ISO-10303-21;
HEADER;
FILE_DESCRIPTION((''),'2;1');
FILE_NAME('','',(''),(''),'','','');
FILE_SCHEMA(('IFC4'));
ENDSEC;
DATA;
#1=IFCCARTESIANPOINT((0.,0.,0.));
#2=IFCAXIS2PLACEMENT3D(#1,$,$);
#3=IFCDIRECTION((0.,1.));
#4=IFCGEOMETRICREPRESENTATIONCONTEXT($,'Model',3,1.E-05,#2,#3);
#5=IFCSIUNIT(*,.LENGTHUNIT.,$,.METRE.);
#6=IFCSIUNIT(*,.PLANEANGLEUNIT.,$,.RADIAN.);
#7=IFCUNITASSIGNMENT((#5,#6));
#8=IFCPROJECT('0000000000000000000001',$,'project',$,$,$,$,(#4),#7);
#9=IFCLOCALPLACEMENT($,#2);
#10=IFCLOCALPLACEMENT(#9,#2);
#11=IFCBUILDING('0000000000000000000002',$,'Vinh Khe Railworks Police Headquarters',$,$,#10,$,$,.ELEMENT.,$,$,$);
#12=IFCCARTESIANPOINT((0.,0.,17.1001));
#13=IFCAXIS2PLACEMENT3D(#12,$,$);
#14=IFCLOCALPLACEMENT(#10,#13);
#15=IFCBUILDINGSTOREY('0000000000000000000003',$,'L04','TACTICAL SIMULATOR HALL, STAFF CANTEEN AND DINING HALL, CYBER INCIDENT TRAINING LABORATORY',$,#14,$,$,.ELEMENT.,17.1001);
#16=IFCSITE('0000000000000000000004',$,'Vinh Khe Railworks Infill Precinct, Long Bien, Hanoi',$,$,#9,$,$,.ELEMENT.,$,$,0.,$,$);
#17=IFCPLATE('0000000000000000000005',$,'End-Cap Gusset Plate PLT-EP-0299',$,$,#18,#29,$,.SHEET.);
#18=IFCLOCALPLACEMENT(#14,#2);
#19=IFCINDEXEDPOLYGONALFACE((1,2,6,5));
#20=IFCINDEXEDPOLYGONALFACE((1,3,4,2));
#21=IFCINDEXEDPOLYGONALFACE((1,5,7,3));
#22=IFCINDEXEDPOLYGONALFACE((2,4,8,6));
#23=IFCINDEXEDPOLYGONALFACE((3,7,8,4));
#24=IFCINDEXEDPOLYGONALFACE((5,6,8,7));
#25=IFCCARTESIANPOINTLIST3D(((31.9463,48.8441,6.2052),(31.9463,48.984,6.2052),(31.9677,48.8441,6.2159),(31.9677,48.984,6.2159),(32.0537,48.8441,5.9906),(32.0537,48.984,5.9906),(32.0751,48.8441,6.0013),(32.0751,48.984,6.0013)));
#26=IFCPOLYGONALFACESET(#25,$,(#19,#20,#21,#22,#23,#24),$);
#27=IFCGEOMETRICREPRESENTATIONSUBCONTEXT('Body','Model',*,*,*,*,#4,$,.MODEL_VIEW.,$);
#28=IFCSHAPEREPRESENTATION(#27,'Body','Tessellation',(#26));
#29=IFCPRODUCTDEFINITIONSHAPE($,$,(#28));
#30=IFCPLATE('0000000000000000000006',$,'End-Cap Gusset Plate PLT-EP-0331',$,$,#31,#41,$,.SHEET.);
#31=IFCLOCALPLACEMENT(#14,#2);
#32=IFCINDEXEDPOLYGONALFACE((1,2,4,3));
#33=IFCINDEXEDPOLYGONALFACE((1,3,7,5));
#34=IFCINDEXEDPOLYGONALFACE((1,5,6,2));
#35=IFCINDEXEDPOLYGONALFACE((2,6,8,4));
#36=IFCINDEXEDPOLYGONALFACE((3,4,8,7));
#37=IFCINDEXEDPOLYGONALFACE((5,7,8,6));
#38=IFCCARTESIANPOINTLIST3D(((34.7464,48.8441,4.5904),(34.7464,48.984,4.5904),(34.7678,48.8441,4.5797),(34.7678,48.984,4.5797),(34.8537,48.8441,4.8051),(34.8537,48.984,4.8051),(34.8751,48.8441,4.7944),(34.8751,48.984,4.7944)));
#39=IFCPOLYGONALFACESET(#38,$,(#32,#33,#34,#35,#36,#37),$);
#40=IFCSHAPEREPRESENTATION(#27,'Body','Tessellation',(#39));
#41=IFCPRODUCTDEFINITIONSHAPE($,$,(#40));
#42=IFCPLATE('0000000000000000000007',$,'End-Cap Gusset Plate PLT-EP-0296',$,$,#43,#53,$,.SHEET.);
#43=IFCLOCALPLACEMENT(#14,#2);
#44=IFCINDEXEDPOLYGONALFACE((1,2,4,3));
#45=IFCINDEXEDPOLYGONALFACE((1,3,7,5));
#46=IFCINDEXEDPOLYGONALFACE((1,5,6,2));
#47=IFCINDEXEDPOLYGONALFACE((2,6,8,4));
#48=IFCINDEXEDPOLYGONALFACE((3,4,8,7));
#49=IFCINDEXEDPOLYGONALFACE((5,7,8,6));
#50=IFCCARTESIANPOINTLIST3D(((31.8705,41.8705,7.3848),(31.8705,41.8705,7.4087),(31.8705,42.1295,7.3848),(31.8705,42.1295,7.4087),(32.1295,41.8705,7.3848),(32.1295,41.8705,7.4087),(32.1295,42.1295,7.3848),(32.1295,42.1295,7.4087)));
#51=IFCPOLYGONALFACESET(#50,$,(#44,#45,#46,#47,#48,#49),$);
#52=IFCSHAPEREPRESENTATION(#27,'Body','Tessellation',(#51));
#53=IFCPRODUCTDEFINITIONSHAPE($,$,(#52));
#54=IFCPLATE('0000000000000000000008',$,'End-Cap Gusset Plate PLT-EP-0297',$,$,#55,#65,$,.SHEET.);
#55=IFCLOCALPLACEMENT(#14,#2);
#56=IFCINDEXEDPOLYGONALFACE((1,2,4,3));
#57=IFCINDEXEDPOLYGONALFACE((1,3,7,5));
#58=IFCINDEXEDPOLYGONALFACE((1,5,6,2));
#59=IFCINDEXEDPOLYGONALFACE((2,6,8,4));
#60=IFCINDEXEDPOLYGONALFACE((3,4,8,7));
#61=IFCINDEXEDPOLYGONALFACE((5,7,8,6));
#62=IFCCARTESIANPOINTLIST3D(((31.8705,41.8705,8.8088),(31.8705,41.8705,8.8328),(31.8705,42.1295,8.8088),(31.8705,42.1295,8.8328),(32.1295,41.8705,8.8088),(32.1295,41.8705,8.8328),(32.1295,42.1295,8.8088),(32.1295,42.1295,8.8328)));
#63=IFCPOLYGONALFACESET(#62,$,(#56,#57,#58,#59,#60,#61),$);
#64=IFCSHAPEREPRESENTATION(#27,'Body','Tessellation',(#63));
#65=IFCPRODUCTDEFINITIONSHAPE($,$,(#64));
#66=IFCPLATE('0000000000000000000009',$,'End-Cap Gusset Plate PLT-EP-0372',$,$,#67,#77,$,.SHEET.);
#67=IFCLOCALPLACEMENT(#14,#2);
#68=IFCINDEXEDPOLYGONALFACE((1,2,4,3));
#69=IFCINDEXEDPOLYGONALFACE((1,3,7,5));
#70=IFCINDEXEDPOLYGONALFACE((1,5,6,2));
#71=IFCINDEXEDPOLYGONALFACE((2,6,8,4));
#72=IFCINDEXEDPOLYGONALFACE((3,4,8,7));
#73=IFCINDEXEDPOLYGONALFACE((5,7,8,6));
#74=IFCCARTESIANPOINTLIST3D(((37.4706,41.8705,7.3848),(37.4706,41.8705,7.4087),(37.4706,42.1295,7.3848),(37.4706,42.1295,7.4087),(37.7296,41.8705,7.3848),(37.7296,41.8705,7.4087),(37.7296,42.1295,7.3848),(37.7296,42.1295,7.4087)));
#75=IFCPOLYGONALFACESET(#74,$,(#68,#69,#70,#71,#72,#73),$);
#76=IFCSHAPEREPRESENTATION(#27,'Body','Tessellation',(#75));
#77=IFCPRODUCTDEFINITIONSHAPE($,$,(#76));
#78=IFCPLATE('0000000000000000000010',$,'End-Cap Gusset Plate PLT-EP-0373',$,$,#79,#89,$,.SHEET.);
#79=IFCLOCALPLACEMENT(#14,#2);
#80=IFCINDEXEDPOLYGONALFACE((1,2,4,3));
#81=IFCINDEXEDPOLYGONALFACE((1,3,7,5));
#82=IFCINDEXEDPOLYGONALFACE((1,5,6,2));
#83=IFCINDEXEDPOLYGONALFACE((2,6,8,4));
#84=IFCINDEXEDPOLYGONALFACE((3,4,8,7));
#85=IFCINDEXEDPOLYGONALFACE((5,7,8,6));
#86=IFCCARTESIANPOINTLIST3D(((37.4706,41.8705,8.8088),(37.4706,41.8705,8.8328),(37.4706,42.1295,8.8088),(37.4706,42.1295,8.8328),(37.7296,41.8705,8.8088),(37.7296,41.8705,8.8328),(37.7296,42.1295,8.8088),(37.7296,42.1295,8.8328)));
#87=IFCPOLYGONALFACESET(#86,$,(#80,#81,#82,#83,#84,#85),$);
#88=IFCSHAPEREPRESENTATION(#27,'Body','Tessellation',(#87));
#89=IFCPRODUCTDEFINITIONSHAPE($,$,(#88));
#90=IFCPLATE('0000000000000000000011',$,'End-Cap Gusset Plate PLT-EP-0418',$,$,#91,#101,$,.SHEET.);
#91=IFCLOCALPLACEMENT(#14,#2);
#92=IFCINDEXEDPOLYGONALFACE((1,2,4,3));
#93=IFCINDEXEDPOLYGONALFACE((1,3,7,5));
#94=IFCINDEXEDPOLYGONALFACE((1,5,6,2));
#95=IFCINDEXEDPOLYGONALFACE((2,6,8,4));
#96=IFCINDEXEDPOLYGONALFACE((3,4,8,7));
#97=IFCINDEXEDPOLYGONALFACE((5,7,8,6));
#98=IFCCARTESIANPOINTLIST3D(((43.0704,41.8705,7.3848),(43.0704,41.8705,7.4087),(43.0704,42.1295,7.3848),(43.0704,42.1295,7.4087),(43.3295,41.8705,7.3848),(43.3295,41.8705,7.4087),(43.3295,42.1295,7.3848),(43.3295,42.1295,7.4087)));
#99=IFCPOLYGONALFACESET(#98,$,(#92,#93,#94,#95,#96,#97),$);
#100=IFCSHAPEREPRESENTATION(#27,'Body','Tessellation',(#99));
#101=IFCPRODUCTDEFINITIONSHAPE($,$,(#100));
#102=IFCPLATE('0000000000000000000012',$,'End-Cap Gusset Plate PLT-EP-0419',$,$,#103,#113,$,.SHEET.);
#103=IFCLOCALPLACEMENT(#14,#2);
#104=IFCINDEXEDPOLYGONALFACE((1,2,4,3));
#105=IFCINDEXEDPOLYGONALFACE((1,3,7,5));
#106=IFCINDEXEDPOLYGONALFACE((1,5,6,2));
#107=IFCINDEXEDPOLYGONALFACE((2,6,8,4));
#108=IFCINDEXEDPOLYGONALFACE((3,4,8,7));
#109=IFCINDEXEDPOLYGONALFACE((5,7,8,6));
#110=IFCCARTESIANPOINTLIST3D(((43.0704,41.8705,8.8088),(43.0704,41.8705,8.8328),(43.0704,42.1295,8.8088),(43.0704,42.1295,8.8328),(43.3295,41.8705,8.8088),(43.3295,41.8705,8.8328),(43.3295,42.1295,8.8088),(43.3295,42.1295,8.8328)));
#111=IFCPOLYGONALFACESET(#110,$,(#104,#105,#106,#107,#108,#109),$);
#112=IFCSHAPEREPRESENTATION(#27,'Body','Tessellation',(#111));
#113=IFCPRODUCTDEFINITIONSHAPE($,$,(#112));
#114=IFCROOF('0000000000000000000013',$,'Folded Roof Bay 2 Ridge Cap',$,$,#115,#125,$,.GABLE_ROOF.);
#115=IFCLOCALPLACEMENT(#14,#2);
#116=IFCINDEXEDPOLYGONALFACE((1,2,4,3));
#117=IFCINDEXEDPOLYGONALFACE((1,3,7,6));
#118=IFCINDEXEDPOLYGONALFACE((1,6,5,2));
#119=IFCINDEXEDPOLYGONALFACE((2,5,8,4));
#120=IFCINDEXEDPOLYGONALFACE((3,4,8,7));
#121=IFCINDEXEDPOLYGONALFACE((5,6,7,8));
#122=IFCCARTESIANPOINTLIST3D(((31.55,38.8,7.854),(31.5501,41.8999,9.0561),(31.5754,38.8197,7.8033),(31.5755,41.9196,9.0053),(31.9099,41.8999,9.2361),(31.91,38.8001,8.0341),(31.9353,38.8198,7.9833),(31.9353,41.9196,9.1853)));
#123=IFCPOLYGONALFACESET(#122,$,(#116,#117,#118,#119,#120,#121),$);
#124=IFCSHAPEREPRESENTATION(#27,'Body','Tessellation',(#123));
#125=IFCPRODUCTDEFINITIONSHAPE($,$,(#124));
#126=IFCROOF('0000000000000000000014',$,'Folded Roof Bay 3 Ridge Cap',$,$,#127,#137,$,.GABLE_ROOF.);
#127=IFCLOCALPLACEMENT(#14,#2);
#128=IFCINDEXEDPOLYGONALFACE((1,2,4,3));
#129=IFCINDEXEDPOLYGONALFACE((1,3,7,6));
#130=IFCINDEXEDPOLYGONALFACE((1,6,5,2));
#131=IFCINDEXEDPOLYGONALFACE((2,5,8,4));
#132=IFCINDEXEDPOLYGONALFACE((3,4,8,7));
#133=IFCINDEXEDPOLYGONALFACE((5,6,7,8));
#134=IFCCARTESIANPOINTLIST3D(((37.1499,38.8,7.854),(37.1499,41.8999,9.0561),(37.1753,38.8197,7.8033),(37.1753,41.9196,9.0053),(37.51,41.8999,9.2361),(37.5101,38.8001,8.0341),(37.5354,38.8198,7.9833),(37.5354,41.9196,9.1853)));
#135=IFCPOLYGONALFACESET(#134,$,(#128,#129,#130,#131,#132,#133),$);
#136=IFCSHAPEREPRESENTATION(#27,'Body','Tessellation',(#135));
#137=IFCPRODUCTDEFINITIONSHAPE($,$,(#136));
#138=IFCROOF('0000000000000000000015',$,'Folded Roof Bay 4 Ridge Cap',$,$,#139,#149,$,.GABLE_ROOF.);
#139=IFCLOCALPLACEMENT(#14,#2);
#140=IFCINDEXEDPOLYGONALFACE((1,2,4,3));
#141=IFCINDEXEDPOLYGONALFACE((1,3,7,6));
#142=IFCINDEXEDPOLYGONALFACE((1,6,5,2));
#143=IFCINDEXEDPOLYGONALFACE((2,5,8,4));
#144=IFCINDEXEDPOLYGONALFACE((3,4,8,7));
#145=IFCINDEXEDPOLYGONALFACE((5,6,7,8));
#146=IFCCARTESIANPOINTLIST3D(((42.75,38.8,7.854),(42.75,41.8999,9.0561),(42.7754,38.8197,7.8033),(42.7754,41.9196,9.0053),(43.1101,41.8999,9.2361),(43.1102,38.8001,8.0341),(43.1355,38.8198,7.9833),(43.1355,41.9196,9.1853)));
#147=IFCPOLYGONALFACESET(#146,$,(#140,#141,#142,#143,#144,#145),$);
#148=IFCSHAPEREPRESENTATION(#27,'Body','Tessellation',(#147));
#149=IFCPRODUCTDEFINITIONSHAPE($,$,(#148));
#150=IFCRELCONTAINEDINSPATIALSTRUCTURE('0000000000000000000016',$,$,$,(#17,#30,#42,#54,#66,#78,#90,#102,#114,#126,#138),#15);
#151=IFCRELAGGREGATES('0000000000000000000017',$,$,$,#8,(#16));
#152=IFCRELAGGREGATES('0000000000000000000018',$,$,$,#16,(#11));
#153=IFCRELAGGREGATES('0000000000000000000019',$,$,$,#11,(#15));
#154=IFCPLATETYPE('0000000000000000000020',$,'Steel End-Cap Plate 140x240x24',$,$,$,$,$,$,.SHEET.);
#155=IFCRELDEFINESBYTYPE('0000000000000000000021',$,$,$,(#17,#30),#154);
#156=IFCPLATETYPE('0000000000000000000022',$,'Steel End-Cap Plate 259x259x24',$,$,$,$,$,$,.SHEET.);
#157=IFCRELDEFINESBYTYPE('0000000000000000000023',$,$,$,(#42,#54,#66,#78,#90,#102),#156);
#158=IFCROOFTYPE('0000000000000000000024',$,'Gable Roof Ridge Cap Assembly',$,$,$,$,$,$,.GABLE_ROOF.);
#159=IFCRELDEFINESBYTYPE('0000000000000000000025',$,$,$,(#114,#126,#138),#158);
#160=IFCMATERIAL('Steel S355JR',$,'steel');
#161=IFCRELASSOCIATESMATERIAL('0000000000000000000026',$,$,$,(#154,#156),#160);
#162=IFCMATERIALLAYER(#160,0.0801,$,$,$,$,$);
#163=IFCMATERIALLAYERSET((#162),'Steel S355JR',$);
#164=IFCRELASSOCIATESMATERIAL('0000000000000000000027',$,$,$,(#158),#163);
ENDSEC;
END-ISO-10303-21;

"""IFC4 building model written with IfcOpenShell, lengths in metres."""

from ifc_helpers import new_model, si_unit, direction, frame, origin, origin_2d, place, context, subcontext, project, spatial, polyline, rectangle, outline, extrude, material, layer, layer_set, material_profile, profile_set, type_object, element, save


model = new_model("IFC4")

# Units and contexts
model_context = context("Model", 3, precision=1e-05, world=origin(), true_north=direction((0.0, 1.0)))
body_context = subcontext(model_context, "Body", "Model", "MODEL_VIEW")
ifc_project = project(units=[si_unit("LENGTHUNIT", "METRE"), si_unit("PLANEANGLEUNIT", "RADIAN")], contexts=[model_context])

# Site, building, storey
site_placement = place(None, origin())
site = spatial("IfcSite", under=ifc_project, at=site_placement, Name="Vinh Khe Railworks Infill Precinct, Long Bien, Hanoi", CompositionType="ELEMENT", RefElevation=0.0)
building_placement = place(site_placement, origin())
building = spatial("IfcBuilding", under=site, at=building_placement, Name="Vinh Khe Railworks Police Headquarters", CompositionType="ELEMENT")
storey_placement = place(building_placement, frame((0.0, 0.0, 17.1001)))
storey = spatial("IfcBuildingStorey", under=building, at=storey_placement, Name="L04", Description="TACTICAL SIMULATOR HALL, STAFF CANTEEN AND DINING HALL, CYBER INCIDENT TRAINING LABORATORY", CompositionType="ELEMENT", Elevation=17.1001)

# Shared definitions
ifc_material_1 = material(Name="Steel S355JR", Category="steel")

# Plates
ifc_material_profile_1 = material_profile(ifc_material_1, rectangle(XDim=0.1399, YDim=0.24, at=origin_2d()), Name="PL 140x240")
ifc_profile_set_1 = profile_set([ifc_material_profile_1], Name="Steel S355JR")
plate_type_1 = type_object("IfcPlateType", Name="Steel End-Cap Plate 140x240x24", PredefinedType="SHEET", material=ifc_profile_set_1)
for number, where, z_axis, x_axis, name in (
    (1, (32.0, 48.9141, 6.0979), (0.894427, 0.0, 0.447214), (0.0, 1.0, 0.0), "End-Cap Gusset Plate PLT-EP-0299"),
    (2, (34.8, 48.9141, 4.6978), (0.894427, 0.0, -0.447214), (0.0, 1.0, 0.0), "End-Cap Gusset Plate PLT-EP-0331"),
):
    element("IfcPlate", number, at=place(storey_placement, frame(where, z_axis=z_axis, x_axis=x_axis)), inside=storey, type_object=plate_type_1, Name=name, PredefinedType="SHEET", context=body_context, shape_type="SweptSolid", body=[
        extrude(rectangle(XDim=0.1399, YDim=0.24, at=origin_2d()), origin(), (0.0, 0.0, 1.0), 0.0239),
    ])
ifc_material_profile_2 = material_profile(ifc_material_1, rectangle(XDim=0.259, YDim=0.259, at=origin_2d()), Name="PL 259x259")
ifc_profile_set_2 = profile_set([ifc_material_profile_2], Name="Steel S355JR")
plate_type_2 = type_object("IfcPlateType", Name="Steel End-Cap Plate 259x259x24", PredefinedType="SHEET", material=ifc_profile_set_2)
for number, where, z_axis, x_axis, name in (
    (3, (32.0, 42.0, 7.4087), (0.0, 0.0, -1.0), (1.0, 0.0, 0.0), "End-Cap Gusset Plate PLT-EP-0296"),
    (4, (32.0, 42.0, 8.8088), (0.0, 0.0, 1.0), (1.0, 0.0, 0.0), "End-Cap Gusset Plate PLT-EP-0297"),
    (5, (37.6001, 42.0, 7.4087), (0.0, 0.0, -1.0), (1.0, 0.0, 0.0), "End-Cap Gusset Plate PLT-EP-0372"),
    (6, (37.6001, 42.0, 8.8088), (0.0, 0.0, 1.0), (1.0, 0.0, 0.0), "End-Cap Gusset Plate PLT-EP-0373"),
    (7, (43.2, 42.0, 7.4087), (0.0, 0.0, -1.0), (1.0, 0.0, 0.0), "End-Cap Gusset Plate PLT-EP-0418"),
    (8, (43.2, 42.0, 8.8088), (0.0, 0.0, 1.0), (1.0, 0.0, 0.0), "End-Cap Gusset Plate PLT-EP-0419"),
):
    element("IfcPlate", number, at=place(storey_placement, frame(where, z_axis=z_axis, x_axis=x_axis)), inside=storey, type_object=plate_type_2, Name=name, PredefinedType="SHEET", context=body_context, shape_type="SweptSolid", body=[
        extrude(rectangle(XDim=0.259, YDim=0.259, at=origin_2d()), origin(), (0.0, 0.0, 1.0), 0.0239),
    ])

# Roofs
ifc_layer_1 = layer(ifc_material_1, 0.0801)
ifc_layer_set_1 = layer_set([ifc_layer_1], Name="Steel S355JR")
roof_type = type_object("IfcRoofType", Name="Gable Roof Ridge Cap Assembly", PredefinedType="GABLE_ROOF", material=ifc_layer_set_1)
roof_placement = place(storey_placement, frame((31.55, 38.8, 7.854), z_axis=(-0.422758, -0.327642, 0.844942), x_axis=(0.894293, 0.000084, 0.447482)))
element("IfcRoof", 9, at=roof_placement, inside=storey, type_object=roof_type, Name="Folded Roof Bay 2 Ridge Cap", PredefinedType="GABLE_ROOF", context=body_context, shape_type="SweptSolid", body=[
    extrude(outline(polyline([(0.0, 0.0), (0.4024, 0.0), (0.9405, 3.2809), (0.5382, 3.2809), (0.0, 0.0)])), origin(), (0.0, 0.0, -1.0), 0.0601),
])
for number, where, z_axis, x_axis, name in (
    (10, (37.1499, 38.8, 7.854), (-0.422522, -0.327682, 0.845044), (0.894414, 0.000084, 0.44724), "Folded Roof Bay 3 Ridge Cap"),
    (11, (42.75, 38.8, 7.854), (-0.422522, -0.327682, 0.845044), (0.894414, 0.000084, 0.44724), "Folded Roof Bay 4 Ridge Cap"),
):
    element("IfcRoof", number, at=place(storey_placement, frame(where, z_axis=z_axis, x_axis=x_axis)), inside=storey, type_object=roof_type, Name=name, PredefinedType="GABLE_ROOF", context=body_context, shape_type="SweptSolid", body=[
        extrude(outline(polyline([(0.0, 0.0), (0.4027, 0.0), (0.9405, 3.2809), (0.5379, 3.281), (0.0, 0.0)])), origin(), (0.0, 0.0, -1.0), 0.0601),
    ])

save(model, "model.ifc")
